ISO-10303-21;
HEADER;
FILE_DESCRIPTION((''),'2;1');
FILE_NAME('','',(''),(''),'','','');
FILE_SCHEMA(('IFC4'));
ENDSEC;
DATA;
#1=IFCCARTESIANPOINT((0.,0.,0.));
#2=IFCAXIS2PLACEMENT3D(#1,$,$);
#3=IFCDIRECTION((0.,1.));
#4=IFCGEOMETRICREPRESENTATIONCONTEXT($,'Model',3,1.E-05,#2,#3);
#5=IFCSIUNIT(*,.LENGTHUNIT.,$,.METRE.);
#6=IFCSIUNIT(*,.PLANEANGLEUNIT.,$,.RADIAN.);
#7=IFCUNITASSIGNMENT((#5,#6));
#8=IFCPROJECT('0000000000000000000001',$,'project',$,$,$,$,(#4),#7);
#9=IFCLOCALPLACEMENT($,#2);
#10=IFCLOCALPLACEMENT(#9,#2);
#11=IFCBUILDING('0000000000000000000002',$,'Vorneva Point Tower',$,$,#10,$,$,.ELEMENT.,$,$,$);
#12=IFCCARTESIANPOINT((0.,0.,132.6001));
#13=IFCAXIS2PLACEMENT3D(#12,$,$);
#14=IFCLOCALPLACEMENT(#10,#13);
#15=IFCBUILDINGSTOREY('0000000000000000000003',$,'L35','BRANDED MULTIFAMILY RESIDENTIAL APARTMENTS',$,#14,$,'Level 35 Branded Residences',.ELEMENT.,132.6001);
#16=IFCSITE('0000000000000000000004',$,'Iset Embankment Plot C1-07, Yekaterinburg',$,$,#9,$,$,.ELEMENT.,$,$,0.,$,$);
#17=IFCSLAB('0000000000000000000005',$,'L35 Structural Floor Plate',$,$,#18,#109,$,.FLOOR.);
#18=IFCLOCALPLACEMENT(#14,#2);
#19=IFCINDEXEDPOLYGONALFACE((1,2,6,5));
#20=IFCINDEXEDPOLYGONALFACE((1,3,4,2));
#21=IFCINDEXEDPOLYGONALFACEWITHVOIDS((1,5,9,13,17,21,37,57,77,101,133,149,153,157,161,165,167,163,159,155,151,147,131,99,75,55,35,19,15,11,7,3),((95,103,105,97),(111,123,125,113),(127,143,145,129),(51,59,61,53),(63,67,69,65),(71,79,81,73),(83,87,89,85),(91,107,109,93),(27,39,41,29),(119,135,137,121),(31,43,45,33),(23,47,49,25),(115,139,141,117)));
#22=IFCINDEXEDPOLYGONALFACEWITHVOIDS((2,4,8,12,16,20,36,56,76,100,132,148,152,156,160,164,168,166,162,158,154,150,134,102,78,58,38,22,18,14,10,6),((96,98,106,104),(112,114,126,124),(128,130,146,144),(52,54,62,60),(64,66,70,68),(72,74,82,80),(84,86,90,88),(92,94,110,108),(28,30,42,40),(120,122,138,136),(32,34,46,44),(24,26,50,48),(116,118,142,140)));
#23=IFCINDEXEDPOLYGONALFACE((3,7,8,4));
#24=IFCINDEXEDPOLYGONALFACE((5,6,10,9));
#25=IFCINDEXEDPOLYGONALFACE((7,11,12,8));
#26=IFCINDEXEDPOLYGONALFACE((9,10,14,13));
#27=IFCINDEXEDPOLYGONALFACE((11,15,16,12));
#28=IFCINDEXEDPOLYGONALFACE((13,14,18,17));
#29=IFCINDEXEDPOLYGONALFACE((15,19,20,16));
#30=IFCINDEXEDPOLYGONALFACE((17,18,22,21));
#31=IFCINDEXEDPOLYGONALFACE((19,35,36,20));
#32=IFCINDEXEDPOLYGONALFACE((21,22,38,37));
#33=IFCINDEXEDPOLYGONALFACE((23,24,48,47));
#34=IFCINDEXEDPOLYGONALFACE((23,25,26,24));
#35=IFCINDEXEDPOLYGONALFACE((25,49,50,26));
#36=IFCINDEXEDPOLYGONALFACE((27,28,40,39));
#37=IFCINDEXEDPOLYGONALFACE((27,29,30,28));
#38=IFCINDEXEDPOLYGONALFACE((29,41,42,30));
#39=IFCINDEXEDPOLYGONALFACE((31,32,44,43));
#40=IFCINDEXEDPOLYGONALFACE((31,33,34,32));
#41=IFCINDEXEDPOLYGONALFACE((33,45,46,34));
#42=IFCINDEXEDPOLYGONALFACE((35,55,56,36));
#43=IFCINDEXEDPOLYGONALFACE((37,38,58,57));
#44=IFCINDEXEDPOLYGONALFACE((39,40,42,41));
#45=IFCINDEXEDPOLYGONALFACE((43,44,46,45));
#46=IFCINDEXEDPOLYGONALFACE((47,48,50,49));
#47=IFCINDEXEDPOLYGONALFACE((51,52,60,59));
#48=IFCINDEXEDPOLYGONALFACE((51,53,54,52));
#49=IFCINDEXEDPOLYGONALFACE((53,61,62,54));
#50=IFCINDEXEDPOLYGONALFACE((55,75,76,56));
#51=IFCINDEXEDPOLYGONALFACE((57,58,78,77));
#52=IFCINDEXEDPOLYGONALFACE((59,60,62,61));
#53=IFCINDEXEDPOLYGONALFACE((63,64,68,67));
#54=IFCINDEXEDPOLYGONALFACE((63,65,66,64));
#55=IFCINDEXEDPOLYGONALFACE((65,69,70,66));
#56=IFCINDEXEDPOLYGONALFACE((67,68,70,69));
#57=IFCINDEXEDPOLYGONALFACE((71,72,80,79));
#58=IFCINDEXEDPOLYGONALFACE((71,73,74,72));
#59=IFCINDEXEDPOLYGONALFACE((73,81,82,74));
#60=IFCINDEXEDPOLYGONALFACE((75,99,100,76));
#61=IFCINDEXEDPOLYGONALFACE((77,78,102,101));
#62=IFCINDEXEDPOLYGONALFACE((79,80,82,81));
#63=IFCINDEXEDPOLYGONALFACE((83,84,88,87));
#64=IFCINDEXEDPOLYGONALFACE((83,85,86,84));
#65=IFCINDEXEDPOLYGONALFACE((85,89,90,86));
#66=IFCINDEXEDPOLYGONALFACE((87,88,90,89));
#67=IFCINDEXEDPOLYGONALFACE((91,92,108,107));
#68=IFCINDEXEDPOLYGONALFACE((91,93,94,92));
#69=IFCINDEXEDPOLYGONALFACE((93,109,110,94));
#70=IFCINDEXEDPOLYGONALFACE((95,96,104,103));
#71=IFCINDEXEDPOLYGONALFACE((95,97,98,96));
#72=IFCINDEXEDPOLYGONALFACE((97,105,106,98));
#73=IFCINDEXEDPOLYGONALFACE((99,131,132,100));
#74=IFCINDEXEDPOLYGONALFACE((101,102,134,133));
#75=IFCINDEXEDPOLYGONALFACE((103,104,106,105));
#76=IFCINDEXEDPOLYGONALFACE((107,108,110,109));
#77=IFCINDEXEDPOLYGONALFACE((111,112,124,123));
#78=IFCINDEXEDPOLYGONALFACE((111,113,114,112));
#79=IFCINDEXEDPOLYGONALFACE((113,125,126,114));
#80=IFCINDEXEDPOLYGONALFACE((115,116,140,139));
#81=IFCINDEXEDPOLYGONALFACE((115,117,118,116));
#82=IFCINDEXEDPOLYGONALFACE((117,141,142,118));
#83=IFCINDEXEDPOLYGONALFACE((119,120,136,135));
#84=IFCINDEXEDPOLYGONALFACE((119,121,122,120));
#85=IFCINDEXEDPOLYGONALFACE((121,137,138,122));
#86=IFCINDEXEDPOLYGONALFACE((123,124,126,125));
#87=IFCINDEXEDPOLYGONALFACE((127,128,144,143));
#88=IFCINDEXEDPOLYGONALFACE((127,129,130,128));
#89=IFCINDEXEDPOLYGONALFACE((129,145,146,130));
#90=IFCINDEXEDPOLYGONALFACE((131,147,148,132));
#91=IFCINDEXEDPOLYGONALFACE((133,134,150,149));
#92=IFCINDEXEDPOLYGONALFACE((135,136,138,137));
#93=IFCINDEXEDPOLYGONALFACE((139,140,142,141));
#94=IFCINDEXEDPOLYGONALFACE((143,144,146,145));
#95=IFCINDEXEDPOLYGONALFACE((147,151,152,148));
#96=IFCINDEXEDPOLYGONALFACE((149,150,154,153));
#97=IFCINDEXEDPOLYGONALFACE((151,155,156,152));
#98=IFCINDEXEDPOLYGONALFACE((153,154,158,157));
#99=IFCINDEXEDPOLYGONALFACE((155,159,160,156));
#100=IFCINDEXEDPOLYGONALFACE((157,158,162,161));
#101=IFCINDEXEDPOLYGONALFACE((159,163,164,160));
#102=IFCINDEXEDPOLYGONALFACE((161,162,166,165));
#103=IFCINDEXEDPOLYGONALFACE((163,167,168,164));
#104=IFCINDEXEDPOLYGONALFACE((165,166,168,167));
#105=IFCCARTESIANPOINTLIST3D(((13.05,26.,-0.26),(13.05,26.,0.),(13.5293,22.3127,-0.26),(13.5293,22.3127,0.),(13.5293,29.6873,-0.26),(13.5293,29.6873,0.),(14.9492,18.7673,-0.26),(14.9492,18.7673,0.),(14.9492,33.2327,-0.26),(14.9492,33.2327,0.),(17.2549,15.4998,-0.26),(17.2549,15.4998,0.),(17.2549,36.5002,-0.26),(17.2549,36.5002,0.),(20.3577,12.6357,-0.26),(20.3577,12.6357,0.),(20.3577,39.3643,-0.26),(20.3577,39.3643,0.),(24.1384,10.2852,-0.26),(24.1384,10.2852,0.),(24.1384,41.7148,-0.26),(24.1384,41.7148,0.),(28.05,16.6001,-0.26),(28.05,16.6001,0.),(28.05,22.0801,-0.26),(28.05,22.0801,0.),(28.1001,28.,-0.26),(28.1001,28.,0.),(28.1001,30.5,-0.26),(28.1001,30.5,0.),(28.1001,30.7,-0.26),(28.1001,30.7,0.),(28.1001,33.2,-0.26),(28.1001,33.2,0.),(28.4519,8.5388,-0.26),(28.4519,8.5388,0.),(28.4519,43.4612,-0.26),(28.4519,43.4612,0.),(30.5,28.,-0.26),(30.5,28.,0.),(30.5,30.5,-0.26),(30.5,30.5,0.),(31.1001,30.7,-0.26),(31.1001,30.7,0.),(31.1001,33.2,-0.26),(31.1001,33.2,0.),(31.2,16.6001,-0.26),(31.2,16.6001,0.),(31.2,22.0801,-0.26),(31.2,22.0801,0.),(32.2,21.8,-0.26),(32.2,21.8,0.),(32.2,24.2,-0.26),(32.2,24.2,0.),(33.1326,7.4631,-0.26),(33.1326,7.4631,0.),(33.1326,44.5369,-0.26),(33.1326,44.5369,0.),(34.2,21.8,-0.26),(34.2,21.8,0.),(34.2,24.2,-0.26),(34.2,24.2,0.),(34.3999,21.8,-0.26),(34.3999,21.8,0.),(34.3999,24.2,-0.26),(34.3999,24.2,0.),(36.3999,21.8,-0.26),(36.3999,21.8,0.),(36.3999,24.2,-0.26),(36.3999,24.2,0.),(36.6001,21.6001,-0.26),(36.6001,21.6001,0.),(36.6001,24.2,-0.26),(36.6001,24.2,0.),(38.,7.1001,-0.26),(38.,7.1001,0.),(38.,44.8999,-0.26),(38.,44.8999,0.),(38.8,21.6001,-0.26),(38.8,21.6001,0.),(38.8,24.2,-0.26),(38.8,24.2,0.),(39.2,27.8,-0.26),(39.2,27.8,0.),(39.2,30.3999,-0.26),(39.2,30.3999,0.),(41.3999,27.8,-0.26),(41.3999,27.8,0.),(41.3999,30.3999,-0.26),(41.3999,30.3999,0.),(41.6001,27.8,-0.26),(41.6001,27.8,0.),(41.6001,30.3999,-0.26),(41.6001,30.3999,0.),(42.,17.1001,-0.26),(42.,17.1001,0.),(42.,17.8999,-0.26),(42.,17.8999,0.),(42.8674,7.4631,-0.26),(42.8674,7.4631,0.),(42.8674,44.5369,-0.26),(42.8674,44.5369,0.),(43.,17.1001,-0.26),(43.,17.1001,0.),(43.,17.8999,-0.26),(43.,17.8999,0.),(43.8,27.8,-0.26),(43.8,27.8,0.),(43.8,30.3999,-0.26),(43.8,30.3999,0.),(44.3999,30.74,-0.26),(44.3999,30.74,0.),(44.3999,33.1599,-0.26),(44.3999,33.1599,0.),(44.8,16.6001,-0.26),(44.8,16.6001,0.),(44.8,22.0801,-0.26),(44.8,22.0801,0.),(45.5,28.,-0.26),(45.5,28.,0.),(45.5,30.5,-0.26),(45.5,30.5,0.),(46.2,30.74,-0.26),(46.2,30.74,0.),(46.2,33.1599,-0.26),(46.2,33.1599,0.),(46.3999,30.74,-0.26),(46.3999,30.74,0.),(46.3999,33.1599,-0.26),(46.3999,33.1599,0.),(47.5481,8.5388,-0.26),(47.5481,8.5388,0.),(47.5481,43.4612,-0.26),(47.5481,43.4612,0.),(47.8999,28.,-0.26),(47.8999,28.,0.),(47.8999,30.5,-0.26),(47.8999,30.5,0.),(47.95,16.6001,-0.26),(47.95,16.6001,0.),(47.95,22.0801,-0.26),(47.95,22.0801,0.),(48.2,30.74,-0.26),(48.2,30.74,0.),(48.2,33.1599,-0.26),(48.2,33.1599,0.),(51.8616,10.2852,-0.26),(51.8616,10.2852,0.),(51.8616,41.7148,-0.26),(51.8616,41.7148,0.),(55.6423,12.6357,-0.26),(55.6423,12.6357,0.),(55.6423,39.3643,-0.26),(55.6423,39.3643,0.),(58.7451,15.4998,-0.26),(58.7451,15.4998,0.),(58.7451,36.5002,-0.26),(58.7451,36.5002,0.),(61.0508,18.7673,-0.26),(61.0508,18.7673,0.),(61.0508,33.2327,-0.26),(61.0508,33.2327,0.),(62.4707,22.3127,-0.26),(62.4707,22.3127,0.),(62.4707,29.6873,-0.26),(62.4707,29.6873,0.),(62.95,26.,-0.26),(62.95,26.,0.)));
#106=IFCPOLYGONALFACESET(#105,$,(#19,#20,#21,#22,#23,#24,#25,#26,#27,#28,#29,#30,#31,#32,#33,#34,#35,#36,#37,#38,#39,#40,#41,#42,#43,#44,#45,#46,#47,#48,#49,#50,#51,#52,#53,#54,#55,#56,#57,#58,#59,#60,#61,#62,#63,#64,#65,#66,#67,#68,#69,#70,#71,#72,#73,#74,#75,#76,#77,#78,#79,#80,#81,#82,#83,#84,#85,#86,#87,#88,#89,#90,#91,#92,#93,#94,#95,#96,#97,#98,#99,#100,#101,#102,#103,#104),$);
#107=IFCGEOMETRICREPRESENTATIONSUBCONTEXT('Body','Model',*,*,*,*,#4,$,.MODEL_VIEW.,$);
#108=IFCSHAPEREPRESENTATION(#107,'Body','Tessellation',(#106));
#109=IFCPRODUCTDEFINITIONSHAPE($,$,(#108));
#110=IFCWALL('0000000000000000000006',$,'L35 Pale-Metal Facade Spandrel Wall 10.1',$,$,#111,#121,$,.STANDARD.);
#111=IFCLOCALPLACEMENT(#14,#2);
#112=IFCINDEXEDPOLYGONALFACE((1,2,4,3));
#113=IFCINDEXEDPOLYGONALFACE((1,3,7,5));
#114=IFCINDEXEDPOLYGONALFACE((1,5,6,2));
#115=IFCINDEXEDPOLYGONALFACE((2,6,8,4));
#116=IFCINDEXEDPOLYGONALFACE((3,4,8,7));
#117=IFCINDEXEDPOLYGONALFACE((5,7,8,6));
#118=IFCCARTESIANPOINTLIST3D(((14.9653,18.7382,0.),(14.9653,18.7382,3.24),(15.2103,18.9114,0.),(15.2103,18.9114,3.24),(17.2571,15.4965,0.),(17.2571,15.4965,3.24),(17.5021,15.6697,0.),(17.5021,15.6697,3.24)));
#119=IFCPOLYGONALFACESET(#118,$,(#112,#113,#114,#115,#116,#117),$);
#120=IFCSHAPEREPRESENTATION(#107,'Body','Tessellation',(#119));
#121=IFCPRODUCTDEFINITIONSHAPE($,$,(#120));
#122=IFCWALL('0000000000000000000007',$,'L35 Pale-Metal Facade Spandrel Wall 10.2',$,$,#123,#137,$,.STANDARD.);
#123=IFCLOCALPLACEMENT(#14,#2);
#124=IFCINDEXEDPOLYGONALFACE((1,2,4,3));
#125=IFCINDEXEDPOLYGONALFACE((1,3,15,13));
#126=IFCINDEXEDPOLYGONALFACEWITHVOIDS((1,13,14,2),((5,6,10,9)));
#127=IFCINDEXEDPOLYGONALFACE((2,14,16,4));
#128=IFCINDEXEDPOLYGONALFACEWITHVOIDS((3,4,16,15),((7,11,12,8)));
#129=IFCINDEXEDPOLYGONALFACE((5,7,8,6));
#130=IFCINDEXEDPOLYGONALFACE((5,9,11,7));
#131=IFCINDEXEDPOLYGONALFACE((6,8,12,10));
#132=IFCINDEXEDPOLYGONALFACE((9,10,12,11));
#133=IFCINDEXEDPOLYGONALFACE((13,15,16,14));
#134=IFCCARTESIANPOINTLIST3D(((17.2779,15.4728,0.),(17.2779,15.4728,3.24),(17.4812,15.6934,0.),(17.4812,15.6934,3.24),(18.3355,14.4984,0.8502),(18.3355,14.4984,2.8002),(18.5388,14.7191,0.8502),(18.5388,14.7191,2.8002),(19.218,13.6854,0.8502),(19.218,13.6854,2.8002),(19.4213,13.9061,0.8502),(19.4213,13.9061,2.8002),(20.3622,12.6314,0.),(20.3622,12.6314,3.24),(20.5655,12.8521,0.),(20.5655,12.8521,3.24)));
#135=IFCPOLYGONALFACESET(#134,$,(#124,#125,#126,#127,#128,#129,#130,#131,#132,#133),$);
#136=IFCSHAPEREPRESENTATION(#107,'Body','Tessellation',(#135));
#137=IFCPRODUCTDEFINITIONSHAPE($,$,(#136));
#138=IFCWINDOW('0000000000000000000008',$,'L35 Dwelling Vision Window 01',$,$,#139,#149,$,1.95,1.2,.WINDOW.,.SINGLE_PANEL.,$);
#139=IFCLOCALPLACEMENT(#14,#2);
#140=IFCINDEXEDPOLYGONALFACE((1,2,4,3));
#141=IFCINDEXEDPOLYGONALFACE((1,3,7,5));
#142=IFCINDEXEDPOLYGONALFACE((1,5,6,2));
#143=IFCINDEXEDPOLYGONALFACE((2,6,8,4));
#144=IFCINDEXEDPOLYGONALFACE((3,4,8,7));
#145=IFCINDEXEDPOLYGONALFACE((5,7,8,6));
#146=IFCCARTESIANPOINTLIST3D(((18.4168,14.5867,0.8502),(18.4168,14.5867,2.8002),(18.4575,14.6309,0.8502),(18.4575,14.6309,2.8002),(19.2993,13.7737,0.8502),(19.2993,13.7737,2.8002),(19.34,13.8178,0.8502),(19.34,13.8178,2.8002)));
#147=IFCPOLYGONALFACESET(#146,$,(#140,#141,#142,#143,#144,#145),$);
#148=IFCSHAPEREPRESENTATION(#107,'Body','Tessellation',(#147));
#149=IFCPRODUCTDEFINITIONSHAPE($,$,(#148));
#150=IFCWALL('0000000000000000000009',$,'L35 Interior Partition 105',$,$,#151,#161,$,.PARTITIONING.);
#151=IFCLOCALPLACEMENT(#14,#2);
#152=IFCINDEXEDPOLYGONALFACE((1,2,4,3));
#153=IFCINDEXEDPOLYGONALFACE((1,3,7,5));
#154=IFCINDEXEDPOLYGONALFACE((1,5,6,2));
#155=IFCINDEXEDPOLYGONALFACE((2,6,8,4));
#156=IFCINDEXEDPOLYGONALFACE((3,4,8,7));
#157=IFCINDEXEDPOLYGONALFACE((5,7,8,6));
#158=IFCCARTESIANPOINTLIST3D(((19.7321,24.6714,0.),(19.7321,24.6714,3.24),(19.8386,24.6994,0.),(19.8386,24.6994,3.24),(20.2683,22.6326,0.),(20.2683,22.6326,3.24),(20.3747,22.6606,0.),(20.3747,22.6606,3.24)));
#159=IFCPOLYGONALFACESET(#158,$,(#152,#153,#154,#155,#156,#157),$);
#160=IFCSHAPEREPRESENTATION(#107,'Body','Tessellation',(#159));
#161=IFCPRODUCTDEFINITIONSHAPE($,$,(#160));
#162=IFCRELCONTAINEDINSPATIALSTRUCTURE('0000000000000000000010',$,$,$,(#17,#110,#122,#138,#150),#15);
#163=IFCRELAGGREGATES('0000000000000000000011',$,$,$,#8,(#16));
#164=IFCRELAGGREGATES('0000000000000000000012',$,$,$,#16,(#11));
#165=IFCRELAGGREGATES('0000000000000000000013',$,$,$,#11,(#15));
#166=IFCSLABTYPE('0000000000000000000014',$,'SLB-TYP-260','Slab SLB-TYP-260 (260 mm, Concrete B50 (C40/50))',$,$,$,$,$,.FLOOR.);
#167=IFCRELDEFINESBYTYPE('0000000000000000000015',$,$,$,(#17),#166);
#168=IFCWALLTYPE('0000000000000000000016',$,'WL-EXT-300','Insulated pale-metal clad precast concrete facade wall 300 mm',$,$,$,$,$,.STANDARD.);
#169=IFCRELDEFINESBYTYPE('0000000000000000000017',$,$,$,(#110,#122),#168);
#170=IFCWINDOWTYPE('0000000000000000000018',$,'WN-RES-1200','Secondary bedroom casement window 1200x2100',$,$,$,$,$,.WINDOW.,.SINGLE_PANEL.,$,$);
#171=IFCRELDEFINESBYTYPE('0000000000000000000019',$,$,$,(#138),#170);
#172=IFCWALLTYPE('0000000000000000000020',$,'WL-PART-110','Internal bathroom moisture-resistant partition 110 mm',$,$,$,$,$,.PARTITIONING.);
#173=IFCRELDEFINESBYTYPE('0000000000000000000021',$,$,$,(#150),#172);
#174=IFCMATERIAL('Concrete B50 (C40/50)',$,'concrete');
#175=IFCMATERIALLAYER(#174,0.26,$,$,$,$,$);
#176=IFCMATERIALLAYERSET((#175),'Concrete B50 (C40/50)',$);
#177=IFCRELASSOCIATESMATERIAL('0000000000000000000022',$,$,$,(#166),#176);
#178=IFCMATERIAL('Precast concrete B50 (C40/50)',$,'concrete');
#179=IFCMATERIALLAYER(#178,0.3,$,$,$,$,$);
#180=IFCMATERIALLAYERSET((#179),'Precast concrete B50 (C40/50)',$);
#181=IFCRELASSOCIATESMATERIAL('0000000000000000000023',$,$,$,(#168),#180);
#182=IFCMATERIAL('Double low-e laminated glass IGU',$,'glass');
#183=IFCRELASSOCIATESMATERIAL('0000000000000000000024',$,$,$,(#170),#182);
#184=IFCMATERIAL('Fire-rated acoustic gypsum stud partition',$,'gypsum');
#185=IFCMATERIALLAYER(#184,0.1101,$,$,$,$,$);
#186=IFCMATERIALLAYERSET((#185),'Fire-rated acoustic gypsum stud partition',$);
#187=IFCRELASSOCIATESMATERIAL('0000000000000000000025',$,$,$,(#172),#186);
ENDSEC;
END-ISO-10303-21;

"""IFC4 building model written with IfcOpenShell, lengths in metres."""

from ifc_helpers import new_model, si_unit, direction, frame, frame_2d, origin, place, context, subcontext, project, spatial, polyline, rectangle, outline, extrude, material, layer, layer_set, type_object, element, fill, save


model = new_model("IFC4")

# Units and contexts
model_context = context("Model", 3, precision=1e-05, world=origin(), true_north=direction((0.0, 1.0)))
body_context = subcontext(model_context, "Body", "Model", "MODEL_VIEW")
ifc_project = project(units=[si_unit("LENGTHUNIT", "METRE"), si_unit("PLANEANGLEUNIT", "RADIAN")], contexts=[model_context])

# Site, building, storey
site_placement = place(None, origin())
site = spatial("IfcSite", under=ifc_project, at=site_placement, Name="Iset Embankment Plot C1-07, Yekaterinburg", CompositionType="ELEMENT", RefElevation=0.0)
building_placement = place(site_placement, origin())
building = spatial("IfcBuilding", under=site, at=building_placement, Name="Vorneva Point Tower", CompositionType="ELEMENT")
storey_placement = place(building_placement, frame((0.0, 0.0, 132.6001)))
storey = spatial("IfcBuildingStorey", under=building, at=storey_placement, Name="L35", Description="BRANDED MULTIFAMILY RESIDENTIAL APARTMENTS", LongName="Level 35 Branded Residences", CompositionType="ELEMENT", Elevation=132.6001)

# Shared definitions
ifc_material_1 = material(Name="Double low-e laminated glass IGU", Category="glass")

# Shared definitions
ifc_material_2 = material(Name="Concrete B50 (C40/50)", Category="concrete")

# Slab
ifc_layer_1 = layer(ifc_material_2, 0.26)
ifc_layer_set_1 = layer_set([ifc_layer_1], Name="Concrete B50 (C40/50)")
slab_type_1 = type_object("IfcSlabType", Name="SLB-TYP-260", Description="Slab SLB-TYP-260 (260 mm, Concrete B50 (C40/50))", PredefinedType="FLOOR", material=ifc_layer_set_1)
slab_1_placement = place(storey_placement, frame((0.0, 0.0, -0.26)))
element("IfcSlab", 1, at=slab_1_placement, inside=storey, type_object=slab_type_1, Name="L35 Structural Floor Plate", PredefinedType="FLOOR", context=body_context, shape_type="SweptSolid", body=[
    extrude(outline(polyline([(62.95, 26.0), (62.4707, 29.6873), (61.0508, 33.2327), (58.7451, 36.5002), (55.6423, 39.3643), (51.8616, 41.7148), (47.5481, 43.4612), (42.8674, 44.5369), (38.0, 44.8999), (33.1326, 44.5369), (28.4519, 43.4612), (24.1384, 41.7148), (20.3577, 39.3643), (17.2549, 36.5002), (14.9492, 33.2327), (13.5293, 29.6873), (13.05, 26.0), (13.5293, 22.3127), (14.9492, 18.7673), (17.2549, 15.4998), (20.3577, 12.6357), (24.1384, 10.2852), (28.4519, 8.5388), (33.1326, 7.4631), (38.0, 7.1001), (42.8674, 7.4631), (47.5481, 8.5388), (51.8616, 10.2852), (55.6423, 12.6357), (58.7451, 15.4998), (61.0508, 18.7673), (62.4707, 22.3127), (62.95, 26.0)]), holes=[polyline([(32.2, 21.8), (34.2, 21.8), (34.2, 24.2), (32.2, 24.2), (32.2, 21.8)]), polyline([(34.3999, 21.8), (36.3999, 21.8), (36.3999, 24.2), (34.3999, 24.2), (34.3999, 21.8)]), polyline([(36.6001, 21.6001), (38.8, 21.6001), (38.8, 24.2), (36.6001, 24.2), (36.6001, 21.6001)]), polyline([(39.2, 27.8), (41.3999, 27.8), (41.3999, 30.3999), (39.2, 30.3999), (39.2, 27.8)]), polyline([(41.6001, 27.8), (43.8, 27.8), (43.8, 30.3999), (41.6001, 30.3999), (41.6001, 27.8)]), polyline([(44.3999, 30.74), (46.2, 30.74), (46.2, 33.1599), (44.3999, 33.1599), (44.3999, 30.74)]), polyline([(46.3999, 30.74), (48.2, 30.74), (48.2, 33.1599), (46.3999, 33.1599), (46.3999, 30.74)]), polyline([(28.1001, 28.0), (30.5, 28.0), (30.5, 30.5), (28.1001, 30.5), (28.1001, 28.0)]), polyline([(45.5, 28.0), (47.8999, 28.0), (47.8999, 30.5), (45.5, 30.5), (45.5, 28.0)]), polyline([(28.1001, 30.7), (31.1001, 30.7), (31.1001, 33.2), (28.1001, 33.2), (28.1001, 30.7)]), polyline([(28.05, 16.6001), (31.2, 16.6001), (31.2, 22.0801), (28.05, 22.0801), (28.05, 16.6001)]), polyline([(44.8, 16.6001), (47.95, 16.6001), (47.95, 22.0801), (44.8, 22.0801), (44.8, 16.6001)]), polyline([(42.0, 17.1001), (43.0, 17.1001), (43.0, 17.8999), (42.0, 17.8999), (42.0, 17.1001)])]), origin(), (0.0, 0.0, 1.0), 0.26),
])

# Wall
ifc_material_3 = material(Name="Precast concrete B50 (C40/50)", Category="concrete")
ifc_layer_2 = layer(ifc_material_3, 0.3)
ifc_layer_set_2 = layer_set([ifc_layer_2], Name="Precast concrete B50 (C40/50)")
wall_type_1 = type_object("IfcWallType", Name="WL-EXT-300", Description="Insulated pale-metal clad precast concrete facade wall 300 mm", PredefinedType="STANDARD", material=ifc_layer_set_2)
wall_1_placement = place(storey_placement, frame((15.0879, 18.8247, 0.0), z_axis=(0.0, 0.0, 1.0), x_axis=(0.57727, -0.816554, 0.0)))
element("IfcWall", 2, at=wall_1_placement, inside=storey, type_object=wall_type_1, Name="L35 Pale-Metal Facade Spandrel Wall 10.1", PredefinedType="STANDARD", context=body_context, shape_type="SweptSolid", body=[
    extrude(rectangle(XDim=3.97, YDim=0.3, at=frame_2d((1.9849, 0.0))), origin(), (0.0, 0.0, 1.0), 3.24),
])

# Wall, opening, window
wall_2_placement = place(storey_placement, frame((17.3796, 15.583, 0.0), z_axis=(0.0, 0.0, 1.0), x_axis=(0.735477, -0.67755, 0.0)))
wall_2 = element("IfcWall", 3, at=wall_2_placement, inside=storey, type_object=wall_type_1, Name="L35 Pale-Metal Facade Spandrel Wall 10.2", PredefinedType="STANDARD", context=body_context, shape_type="SweptSolid", body=[
    extrude(rectangle(XDim=4.1936, YDim=0.3, at=frame_2d((2.0967, 0.0))), origin(), (0.0, 0.0, 1.0), 3.24),
])
opening_1_placement = place(wall_2_placement, frame((1.4377, 0.0, 0.8501)))
opening_1 = element("IfcOpeningElement", 4, at=opening_1_placement, cuts=wall_2, PredefinedType="OPENING", context=body_context, shape_type="SweptSolid", body=[
    extrude(rectangle(XDim=1.2, YDim=1.95, at=frame_2d((0.6001, 0.9751))), frame((0.0, 0.165, 0.0), z_axis=(0.0, -1.0, 0.0), x_axis=(1.0, 0.0, 0.0)), (0.0, 0.0, 1.0), 0.3298),
])
window_type = type_object("IfcWindowType", Name="WN-RES-1200", Description="Secondary bedroom casement window 1200x2100", PartitioningType="SINGLE_PANEL", PredefinedType="WINDOW", material=ifc_material_1)
window_placement = place(opening_1_placement, origin())
window = element("IfcWindow", 5, at=window_placement, inside=storey, type_object=window_type, Name="L35 Dwelling Vision Window 01", OverallHeight=1.95, OverallWidth=1.2, PartitioningType="SINGLE_PANEL", PredefinedType="WINDOW", context=body_context, shape_type="SweptSolid", body=[
    extrude(rectangle(XDim=1.2, YDim=1.95, at=frame_2d((0.6001, 0.9751))), frame((0.0, 0.03, 0.0), z_axis=(0.0, -1.0, 0.0), x_axis=(1.0, 0.0, 0.0)), (0.0, 0.0, 1.0), 0.0601),
])
fill(opening_1, window)

# Wall
ifc_material_4 = material(Name="Fire-rated acoustic gypsum stud partition", Category="gypsum")
ifc_layer_3 = layer(ifc_material_4, 0.1101)
ifc_layer_set_3 = layer_set([ifc_layer_3], Name="Fire-rated acoustic gypsum stud partition")
wall_type_2 = type_object("IfcWallType", Name="WL-PART-110", Description="Internal bathroom moisture-resistant partition 110 mm", PredefinedType="PARTITIONING", material=ifc_layer_set_3)
wall_3_placement = place(storey_placement, frame((20.3215, 22.6465, 0.0), z_axis=(0.0, 0.0, 1.0), x_axis=(-0.254317, 0.967121, 0.0)))
element("IfcWall", 6, at=wall_3_placement, inside=storey, type_object=wall_type_2, Name="L35 Interior Partition 105", PredefinedType="PARTITIONING", context=body_context, shape_type="SweptSolid", body=[
    extrude(rectangle(XDim=2.1082, YDim=0.1101, at=frame_2d((1.0542, 0.0))), origin(), (0.0, 0.0, 1.0), 3.24),
])

save(model, "model.ifc")
